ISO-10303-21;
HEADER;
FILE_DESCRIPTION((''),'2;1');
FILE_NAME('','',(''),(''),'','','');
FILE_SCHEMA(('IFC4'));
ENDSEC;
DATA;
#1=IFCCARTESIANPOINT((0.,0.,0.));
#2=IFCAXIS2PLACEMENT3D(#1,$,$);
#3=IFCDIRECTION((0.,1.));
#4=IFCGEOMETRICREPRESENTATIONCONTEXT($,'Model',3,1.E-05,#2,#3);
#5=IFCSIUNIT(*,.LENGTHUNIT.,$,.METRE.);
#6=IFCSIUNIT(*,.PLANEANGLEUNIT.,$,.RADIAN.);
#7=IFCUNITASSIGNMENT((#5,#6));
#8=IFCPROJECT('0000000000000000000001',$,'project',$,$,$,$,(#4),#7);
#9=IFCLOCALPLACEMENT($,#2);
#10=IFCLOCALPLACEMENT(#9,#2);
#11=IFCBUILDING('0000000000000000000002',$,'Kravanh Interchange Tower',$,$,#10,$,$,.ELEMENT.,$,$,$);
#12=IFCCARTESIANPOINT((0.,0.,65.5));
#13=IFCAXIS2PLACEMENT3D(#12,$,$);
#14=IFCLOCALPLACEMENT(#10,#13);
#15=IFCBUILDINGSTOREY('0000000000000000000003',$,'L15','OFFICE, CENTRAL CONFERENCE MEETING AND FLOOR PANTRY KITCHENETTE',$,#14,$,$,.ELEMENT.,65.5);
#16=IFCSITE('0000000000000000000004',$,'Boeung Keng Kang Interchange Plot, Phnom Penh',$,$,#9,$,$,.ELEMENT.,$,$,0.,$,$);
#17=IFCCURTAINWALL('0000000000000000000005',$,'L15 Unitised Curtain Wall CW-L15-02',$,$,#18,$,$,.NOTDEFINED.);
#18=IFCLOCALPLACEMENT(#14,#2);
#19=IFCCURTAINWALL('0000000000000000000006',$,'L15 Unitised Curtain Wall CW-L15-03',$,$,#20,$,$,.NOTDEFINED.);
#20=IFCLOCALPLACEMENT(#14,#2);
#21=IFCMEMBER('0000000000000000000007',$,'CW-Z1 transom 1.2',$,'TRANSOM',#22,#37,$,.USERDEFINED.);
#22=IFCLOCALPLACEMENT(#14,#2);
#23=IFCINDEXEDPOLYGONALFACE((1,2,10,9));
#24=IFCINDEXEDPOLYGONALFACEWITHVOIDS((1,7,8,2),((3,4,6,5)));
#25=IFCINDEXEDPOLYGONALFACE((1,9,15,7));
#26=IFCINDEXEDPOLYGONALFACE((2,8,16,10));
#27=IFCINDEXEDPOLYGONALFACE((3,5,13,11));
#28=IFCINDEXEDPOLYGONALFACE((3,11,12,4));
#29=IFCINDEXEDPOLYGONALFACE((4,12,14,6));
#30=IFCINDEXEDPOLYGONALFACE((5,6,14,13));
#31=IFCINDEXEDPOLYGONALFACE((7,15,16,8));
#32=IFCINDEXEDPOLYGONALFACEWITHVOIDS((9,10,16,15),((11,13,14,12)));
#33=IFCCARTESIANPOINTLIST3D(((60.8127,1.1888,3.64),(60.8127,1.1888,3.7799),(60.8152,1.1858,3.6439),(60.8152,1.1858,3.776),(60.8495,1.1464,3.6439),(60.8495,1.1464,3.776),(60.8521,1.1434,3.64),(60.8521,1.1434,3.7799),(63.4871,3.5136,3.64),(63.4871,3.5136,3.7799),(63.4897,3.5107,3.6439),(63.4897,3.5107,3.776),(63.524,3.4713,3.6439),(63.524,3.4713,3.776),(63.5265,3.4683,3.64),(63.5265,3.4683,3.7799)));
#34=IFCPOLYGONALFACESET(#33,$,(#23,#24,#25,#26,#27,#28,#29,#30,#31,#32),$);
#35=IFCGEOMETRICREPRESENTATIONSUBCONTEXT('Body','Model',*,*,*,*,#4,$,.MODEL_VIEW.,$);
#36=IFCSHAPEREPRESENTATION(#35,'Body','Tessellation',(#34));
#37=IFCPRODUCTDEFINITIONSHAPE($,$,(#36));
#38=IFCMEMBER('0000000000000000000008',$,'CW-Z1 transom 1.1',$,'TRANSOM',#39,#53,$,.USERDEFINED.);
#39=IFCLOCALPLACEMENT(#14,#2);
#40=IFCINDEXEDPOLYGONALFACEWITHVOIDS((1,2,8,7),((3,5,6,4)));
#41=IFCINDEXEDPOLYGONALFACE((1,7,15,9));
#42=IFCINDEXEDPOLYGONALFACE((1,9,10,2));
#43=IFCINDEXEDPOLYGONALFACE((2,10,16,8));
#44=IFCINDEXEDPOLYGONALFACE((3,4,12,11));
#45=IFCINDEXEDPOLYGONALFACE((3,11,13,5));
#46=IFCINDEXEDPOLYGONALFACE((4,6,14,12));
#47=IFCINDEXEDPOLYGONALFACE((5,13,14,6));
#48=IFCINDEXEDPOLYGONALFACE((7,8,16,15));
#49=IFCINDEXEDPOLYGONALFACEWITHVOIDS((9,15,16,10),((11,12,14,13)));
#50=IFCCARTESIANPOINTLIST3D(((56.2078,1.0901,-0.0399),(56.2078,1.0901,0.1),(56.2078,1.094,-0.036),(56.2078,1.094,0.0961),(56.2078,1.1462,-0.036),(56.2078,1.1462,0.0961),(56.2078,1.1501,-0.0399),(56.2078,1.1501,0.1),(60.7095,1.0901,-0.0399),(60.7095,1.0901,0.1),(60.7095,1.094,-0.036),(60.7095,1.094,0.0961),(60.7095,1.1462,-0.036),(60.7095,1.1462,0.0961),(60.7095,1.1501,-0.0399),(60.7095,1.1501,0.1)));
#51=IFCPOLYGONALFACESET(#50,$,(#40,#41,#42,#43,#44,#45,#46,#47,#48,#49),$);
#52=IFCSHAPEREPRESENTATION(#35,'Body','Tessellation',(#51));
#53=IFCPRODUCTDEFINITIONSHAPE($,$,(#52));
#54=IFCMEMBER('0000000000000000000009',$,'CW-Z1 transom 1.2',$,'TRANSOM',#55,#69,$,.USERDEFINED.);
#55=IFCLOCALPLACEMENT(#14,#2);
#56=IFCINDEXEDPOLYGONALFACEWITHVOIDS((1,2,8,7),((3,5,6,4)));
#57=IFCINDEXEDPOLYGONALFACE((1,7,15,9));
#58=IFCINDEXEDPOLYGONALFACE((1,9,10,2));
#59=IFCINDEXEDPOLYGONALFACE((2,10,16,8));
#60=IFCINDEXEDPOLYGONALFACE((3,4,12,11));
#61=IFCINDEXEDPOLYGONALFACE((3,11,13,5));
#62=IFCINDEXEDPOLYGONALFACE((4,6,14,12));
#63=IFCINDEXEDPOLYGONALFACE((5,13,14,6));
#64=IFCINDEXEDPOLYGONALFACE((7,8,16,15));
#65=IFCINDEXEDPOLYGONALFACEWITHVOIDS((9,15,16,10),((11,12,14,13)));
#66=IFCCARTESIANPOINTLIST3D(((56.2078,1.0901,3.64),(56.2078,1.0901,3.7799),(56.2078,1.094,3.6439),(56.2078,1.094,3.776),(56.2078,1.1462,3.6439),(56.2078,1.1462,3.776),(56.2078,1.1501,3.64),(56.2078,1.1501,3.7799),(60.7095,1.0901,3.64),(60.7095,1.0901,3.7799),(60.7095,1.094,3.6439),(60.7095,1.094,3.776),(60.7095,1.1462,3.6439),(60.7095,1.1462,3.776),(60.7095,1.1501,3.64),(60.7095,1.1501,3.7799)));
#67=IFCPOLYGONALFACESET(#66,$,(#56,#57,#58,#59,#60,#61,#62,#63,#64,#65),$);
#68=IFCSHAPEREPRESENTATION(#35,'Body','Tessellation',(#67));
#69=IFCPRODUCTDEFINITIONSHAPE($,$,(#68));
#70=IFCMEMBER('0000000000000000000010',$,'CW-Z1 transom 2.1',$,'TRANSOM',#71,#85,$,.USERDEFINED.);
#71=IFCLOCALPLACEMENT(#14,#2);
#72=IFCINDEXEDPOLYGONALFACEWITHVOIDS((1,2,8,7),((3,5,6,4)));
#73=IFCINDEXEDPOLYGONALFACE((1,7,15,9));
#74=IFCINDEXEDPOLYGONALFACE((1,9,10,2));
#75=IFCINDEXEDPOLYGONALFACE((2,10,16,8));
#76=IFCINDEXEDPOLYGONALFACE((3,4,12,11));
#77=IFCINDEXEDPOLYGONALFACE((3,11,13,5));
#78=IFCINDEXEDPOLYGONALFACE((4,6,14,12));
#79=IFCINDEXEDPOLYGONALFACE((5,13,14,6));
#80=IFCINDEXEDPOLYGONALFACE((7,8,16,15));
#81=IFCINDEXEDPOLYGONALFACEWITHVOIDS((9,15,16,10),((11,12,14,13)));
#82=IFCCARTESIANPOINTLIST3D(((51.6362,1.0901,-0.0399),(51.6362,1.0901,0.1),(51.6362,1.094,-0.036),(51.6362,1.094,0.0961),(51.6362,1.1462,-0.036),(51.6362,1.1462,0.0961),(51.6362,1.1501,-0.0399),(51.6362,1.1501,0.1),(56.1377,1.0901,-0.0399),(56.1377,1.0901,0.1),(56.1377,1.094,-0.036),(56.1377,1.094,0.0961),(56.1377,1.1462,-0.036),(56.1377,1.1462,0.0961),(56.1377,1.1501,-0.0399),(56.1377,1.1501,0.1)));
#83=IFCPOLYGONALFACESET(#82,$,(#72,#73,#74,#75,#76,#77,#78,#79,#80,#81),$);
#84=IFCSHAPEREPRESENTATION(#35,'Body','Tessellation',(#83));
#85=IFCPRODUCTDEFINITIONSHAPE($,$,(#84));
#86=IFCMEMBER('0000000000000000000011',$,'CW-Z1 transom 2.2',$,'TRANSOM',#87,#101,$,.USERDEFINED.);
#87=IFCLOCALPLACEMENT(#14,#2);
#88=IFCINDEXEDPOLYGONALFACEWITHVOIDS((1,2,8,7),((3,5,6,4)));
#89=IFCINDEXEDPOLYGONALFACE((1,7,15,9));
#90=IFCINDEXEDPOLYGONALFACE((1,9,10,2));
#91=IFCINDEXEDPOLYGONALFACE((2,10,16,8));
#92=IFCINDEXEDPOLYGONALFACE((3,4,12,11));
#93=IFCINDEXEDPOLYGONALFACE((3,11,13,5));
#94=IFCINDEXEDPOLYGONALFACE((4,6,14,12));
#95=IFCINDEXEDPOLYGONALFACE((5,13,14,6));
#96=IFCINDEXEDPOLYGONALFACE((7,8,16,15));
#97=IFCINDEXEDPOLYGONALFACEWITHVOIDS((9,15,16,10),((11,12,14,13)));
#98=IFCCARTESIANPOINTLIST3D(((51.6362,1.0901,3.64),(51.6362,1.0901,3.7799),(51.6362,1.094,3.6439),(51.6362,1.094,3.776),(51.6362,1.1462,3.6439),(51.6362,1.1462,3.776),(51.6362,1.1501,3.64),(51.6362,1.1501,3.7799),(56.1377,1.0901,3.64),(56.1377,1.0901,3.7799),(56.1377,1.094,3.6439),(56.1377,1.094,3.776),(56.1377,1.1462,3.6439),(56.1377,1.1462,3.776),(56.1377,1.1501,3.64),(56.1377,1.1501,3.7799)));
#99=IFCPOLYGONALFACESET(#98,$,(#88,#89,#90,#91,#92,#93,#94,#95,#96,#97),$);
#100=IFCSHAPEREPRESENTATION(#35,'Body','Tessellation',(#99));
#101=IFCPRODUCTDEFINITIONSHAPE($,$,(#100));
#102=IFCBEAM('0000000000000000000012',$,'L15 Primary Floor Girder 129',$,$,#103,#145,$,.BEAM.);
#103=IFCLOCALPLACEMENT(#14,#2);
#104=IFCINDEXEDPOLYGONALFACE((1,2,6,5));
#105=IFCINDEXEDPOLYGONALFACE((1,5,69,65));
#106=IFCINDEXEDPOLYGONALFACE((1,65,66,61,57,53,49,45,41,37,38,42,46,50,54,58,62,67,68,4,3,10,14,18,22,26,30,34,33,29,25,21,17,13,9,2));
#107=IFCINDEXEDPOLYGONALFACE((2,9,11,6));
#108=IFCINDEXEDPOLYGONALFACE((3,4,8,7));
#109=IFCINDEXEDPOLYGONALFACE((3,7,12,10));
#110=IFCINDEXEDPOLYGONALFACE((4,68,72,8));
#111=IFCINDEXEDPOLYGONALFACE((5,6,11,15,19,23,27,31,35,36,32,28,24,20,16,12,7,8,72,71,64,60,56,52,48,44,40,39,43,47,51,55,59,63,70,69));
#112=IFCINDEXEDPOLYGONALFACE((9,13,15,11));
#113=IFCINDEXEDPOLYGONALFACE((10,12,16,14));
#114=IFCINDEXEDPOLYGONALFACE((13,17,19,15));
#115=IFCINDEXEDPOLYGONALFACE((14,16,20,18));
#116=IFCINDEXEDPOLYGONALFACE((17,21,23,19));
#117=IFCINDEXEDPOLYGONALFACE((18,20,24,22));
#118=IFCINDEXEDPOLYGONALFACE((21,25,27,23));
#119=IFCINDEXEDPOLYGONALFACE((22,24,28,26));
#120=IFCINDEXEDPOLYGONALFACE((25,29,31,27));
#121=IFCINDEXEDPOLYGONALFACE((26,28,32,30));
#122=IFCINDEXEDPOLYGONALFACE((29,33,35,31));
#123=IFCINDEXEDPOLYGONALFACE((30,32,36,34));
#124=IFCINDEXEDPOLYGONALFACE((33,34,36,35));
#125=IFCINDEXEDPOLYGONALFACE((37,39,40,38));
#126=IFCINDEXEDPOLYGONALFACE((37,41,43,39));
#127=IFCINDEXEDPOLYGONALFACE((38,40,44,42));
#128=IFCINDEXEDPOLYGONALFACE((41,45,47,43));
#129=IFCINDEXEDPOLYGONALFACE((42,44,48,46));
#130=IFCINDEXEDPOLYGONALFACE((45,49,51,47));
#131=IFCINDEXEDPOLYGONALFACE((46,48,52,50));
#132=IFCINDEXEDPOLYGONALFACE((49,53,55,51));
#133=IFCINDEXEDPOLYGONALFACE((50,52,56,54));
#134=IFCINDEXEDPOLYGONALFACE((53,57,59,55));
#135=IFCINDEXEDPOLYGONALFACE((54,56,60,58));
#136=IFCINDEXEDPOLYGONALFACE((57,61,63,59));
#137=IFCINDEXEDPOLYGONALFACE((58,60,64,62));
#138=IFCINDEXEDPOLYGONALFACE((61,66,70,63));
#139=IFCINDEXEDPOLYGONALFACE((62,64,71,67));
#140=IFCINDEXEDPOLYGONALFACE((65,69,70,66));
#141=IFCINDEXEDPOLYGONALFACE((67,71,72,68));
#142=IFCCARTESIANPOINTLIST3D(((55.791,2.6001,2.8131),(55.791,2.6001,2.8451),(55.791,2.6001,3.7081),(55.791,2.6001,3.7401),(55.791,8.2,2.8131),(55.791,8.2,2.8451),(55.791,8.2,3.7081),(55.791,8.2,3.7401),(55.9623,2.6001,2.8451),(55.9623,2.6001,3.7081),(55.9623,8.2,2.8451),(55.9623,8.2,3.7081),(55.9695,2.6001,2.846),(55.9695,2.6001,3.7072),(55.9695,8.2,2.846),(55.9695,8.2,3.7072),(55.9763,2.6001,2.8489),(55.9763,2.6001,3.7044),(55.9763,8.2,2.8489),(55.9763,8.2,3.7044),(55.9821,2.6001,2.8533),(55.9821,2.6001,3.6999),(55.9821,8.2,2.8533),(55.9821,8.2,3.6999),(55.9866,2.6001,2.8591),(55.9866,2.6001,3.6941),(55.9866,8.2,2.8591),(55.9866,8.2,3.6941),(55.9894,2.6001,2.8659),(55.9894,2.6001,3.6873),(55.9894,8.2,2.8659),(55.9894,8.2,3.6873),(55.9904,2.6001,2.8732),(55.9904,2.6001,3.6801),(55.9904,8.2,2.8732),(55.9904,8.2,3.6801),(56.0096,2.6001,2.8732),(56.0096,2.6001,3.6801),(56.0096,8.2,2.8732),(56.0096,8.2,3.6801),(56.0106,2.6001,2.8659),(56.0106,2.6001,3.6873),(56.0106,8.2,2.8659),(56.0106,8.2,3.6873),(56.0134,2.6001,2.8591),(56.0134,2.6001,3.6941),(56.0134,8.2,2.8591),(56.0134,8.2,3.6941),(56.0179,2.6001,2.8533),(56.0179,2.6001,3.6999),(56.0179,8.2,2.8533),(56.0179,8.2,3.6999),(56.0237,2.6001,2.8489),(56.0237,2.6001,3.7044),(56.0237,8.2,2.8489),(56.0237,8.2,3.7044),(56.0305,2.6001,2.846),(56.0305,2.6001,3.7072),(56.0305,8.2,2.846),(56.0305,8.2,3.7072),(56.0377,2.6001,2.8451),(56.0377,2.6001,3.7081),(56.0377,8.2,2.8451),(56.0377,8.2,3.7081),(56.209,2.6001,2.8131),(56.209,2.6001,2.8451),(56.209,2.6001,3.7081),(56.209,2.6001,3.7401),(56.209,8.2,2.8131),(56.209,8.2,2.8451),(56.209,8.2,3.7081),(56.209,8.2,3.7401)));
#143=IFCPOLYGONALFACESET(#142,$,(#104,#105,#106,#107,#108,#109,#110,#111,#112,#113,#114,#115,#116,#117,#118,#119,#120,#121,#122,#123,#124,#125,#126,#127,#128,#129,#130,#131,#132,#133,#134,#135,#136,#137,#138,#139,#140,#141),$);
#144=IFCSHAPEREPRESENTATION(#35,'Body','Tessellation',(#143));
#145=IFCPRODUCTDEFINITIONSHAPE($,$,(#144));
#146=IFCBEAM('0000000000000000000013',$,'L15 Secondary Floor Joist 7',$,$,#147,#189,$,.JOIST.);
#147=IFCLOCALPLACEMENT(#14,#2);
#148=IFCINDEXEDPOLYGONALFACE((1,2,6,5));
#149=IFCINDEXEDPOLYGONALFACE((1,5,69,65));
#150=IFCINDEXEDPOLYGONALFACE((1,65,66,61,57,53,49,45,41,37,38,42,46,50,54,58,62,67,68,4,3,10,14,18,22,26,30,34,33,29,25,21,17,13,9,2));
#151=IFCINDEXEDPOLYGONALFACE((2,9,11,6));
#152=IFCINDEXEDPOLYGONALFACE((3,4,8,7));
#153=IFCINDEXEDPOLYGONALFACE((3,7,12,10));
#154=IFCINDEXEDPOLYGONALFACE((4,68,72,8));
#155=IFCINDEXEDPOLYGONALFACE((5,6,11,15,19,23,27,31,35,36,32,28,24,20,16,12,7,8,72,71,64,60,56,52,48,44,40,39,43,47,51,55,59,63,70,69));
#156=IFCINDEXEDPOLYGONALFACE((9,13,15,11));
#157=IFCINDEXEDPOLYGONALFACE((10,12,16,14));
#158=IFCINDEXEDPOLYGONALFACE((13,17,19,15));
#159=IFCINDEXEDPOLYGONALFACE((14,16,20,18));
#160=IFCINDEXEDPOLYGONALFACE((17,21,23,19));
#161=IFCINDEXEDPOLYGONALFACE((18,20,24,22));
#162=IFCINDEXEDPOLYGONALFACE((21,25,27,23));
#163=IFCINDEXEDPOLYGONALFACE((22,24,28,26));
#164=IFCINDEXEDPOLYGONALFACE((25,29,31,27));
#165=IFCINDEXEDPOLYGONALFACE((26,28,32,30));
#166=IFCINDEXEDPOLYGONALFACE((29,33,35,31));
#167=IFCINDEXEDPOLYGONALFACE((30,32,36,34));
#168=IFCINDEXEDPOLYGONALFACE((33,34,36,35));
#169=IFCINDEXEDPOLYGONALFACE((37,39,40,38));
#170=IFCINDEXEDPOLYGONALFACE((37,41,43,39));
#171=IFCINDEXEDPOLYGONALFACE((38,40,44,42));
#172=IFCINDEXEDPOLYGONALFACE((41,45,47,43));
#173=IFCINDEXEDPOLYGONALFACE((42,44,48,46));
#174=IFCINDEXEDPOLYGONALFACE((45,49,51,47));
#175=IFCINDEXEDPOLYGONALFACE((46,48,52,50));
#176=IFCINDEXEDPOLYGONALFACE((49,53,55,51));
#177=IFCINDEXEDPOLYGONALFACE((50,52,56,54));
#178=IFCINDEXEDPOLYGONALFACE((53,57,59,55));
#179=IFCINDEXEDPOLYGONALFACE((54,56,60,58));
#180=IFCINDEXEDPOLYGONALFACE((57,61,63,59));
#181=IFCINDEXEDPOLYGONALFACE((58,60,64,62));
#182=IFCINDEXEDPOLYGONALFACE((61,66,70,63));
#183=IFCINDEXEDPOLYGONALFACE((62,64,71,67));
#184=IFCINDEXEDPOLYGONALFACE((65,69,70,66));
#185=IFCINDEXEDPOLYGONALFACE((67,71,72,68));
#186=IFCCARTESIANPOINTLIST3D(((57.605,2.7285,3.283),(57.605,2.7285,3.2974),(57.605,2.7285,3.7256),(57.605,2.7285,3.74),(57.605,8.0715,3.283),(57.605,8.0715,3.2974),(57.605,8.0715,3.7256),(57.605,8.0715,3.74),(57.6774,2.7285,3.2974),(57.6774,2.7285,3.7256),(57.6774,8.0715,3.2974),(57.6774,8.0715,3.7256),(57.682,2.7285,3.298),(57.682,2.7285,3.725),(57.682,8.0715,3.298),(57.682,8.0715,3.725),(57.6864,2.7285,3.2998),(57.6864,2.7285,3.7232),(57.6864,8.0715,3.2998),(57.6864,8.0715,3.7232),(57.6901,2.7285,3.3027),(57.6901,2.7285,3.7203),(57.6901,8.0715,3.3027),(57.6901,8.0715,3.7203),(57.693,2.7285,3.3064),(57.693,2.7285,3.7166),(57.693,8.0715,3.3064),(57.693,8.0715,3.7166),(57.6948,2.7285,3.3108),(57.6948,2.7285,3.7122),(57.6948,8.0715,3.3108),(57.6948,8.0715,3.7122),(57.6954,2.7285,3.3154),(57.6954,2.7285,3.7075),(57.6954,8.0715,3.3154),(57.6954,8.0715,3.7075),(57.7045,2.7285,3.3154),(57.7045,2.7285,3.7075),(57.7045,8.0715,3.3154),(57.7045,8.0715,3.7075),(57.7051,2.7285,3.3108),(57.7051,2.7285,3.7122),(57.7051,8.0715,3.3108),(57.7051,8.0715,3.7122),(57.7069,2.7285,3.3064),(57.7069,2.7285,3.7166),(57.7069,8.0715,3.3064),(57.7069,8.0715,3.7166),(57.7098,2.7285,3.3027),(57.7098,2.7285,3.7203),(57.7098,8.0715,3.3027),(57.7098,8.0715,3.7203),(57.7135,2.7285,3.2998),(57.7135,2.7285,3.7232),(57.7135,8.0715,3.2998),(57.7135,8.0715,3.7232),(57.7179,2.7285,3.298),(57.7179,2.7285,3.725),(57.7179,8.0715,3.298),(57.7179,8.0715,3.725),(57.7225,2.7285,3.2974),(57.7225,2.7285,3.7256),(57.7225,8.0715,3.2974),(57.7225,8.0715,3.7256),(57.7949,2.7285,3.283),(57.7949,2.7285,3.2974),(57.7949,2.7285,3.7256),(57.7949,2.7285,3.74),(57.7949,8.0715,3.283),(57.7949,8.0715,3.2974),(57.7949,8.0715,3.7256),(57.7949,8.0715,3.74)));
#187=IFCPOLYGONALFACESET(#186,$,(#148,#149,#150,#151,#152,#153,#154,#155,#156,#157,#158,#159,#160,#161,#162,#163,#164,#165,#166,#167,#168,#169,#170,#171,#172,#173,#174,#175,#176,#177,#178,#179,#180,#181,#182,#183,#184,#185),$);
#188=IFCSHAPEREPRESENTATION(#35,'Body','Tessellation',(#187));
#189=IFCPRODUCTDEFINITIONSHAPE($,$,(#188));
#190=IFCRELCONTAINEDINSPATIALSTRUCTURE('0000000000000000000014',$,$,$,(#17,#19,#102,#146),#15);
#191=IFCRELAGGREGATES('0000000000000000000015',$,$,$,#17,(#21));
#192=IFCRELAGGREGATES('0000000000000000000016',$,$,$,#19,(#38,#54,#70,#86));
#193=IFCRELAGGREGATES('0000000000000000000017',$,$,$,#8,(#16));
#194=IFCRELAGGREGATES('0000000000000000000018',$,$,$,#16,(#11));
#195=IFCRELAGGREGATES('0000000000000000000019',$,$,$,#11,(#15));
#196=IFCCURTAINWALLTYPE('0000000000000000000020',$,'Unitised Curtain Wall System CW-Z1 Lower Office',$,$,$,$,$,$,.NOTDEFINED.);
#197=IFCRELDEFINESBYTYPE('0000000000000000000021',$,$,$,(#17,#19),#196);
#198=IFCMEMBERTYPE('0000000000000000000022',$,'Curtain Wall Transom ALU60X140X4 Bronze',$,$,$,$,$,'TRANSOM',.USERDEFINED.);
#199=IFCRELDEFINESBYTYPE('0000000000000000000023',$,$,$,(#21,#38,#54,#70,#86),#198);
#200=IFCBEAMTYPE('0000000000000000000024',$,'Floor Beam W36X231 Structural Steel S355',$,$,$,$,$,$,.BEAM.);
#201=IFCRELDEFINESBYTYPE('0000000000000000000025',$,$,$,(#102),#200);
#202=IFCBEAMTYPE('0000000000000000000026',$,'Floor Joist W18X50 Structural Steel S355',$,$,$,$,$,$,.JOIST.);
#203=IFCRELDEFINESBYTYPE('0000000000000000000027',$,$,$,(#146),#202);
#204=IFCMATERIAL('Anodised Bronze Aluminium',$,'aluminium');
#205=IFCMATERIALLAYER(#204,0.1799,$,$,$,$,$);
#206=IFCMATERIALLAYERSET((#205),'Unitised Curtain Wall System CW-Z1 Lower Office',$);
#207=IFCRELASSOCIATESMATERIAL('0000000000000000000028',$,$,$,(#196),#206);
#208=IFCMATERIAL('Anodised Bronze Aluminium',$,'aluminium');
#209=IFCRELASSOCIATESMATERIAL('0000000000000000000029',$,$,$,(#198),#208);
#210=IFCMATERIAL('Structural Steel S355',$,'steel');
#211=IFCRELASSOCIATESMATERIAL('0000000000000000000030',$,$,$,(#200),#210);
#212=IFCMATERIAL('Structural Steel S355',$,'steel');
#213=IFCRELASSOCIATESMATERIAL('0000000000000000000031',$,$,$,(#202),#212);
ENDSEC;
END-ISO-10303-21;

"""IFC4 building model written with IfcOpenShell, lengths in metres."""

from ifc_helpers import new_model, si_unit, direction, frame, origin, origin_2d, place, context, subcontext, project, spatial, hollow_rectangle, i_section, extrude, material, layer, layer_set, material_profile, profile_set, type_object, element, aggregate, save


model = new_model("IFC4")

# Units and contexts
model_context = context("Model", 3, precision=1e-05, world=origin(), true_north=direction((0.0, 1.0)))
body_context = subcontext(model_context, "Body", "Model", "MODEL_VIEW")
ifc_project = project(units=[si_unit("LENGTHUNIT", "METRE"), si_unit("PLANEANGLEUNIT", "RADIAN")], contexts=[model_context])

# Site, building, storey
site_placement = place(None, origin())
site = spatial("IfcSite", under=ifc_project, at=site_placement, Name="Boeung Keng Kang Interchange Plot, Phnom Penh", CompositionType="ELEMENT", RefElevation=0.0)
building_placement = place(site_placement, origin())
building = spatial("IfcBuilding", under=site, at=building_placement, Name="Kravanh Interchange Tower", CompositionType="ELEMENT")
storey_placement = place(building_placement, frame((0.0, 0.0, 65.5)))
storey = spatial("IfcBuildingStorey", under=building, at=storey_placement, Name="L15", Description="OFFICE, CENTRAL CONFERENCE MEETING AND FLOOR PANTRY KITCHENETTE", CompositionType="ELEMENT", Elevation=65.5)

# Curtain walls
ifc_material_1 = material(Name="Anodised Bronze Aluminium", Category="aluminium")
ifc_layer_1 = layer(ifc_material_1, 0.1799)
ifc_layer_set_1 = layer_set([ifc_layer_1], Name="Unitised Curtain Wall System CW-Z1 Lower Office")
curtain_wall_type = type_object("IfcCurtainWallType", Name="Unitised Curtain Wall System CW-Z1 Lower Office", PredefinedType="NOTDEFINED", material=ifc_layer_set_1)
curtain_wall_1_placement = place(storey_placement, origin())
curtain_wall_1 = element("IfcCurtainWall", 1, at=curtain_wall_1_placement, inside=storey, type_object=curtain_wall_type, Name="L15 Unitised Curtain Wall CW-L15-02", PredefinedType="NOTDEFINED")
curtain_wall_2_placement = place(storey_placement, origin())
curtain_wall_2 = element("IfcCurtainWall", 2, at=curtain_wall_2_placement, inside=storey, type_object=curtain_wall_type, Name="L15 Unitised Curtain Wall CW-L15-03", PredefinedType="NOTDEFINED")

# Members
ifc_material_2 = material(Name="Anodised Bronze Aluminium", Category="aluminium")
ifc_material_profile_1 = material_profile(ifc_material_2, hollow_rectangle(XDim=0.0601, YDim=0.1399, WallThickness=0.0039, at=origin_2d()), Name="ALU60X140X4")
ifc_profile_set_1 = profile_set([ifc_material_profile_1], Name="Anodised Bronze Aluminium")
member_type_1 = type_object("IfcMemberType", Name="Curtain Wall Transom ALU60X140X4 Bronze", ElementType="TRANSOM", PredefinedType="USERDEFINED", material=ifc_profile_set_1)
member_1_placement = place(storey_placement, frame((63.5068, 3.491, 3.71), z_axis=(-0.754711, -0.656058, 0.0), x_axis=(0.656058, -0.754711, 0.0)))
member_1 = element("IfcMember", 3, at=member_1_placement, type_object=member_type_1, Name="CW-Z1 transom 1.2", ObjectType="TRANSOM", PredefinedType="USERDEFINED", context=body_context, shape_type="SweptSolid", body=[
    extrude(hollow_rectangle(XDim=0.0601, YDim=0.1399, WallThickness=0.0039, at=origin_2d()), origin(), (0.0, 0.0, 1.0), 3.5437),
])
member_2_placement = place(storey_placement, frame((60.7095, 1.1201, 0.03), z_axis=(-1.0, 0.0, 0.0), x_axis=(0.0, -1.0, 0.0)))
member_2 = element("IfcMember", 4, at=member_2_placement, type_object=member_type_1, Name="CW-Z1 transom 1.1", ObjectType="TRANSOM", PredefinedType="USERDEFINED", context=body_context, shape_type="SweptSolid", body=[
    extrude(hollow_rectangle(XDim=0.0601, YDim=0.1399, WallThickness=0.0039, at=origin_2d()), origin(), (0.0, 0.0, 1.0), 4.5017),
])
member_3_placement = place(storey_placement, frame((60.7095, 1.1201, 3.71), z_axis=(-1.0, 0.0, 0.0), x_axis=(0.0, -1.0, 0.0)))
member_3 = element("IfcMember", 5, at=member_3_placement, type_object=member_type_1, Name="CW-Z1 transom 1.2", ObjectType="TRANSOM", PredefinedType="USERDEFINED", context=body_context, shape_type="SweptSolid", body=[
    extrude(hollow_rectangle(XDim=0.0601, YDim=0.1399, WallThickness=0.0039, at=origin_2d()), origin(), (0.0, 0.0, 1.0), 4.5017),
])
member_4_placement = place(storey_placement, frame((56.1377, 1.1201, 0.03), z_axis=(-1.0, 0.0, 0.0), x_axis=(0.0, -1.0, 0.0)))
member_4 = element("IfcMember", 6, at=member_4_placement, type_object=member_type_1, Name="CW-Z1 transom 2.1", ObjectType="TRANSOM", PredefinedType="USERDEFINED", context=body_context, shape_type="SweptSolid", body=[
    extrude(hollow_rectangle(XDim=0.0601, YDim=0.1399, WallThickness=0.0039, at=origin_2d()), origin(), (0.0, 0.0, 1.0), 4.5015),
])
member_5_placement = place(storey_placement, frame((56.1377, 1.1201, 3.71), z_axis=(-1.0, 0.0, 0.0), x_axis=(0.0, -1.0, 0.0)))
member_5 = element("IfcMember", 7, at=member_5_placement, type_object=member_type_1, Name="CW-Z1 transom 2.2", ObjectType="TRANSOM", PredefinedType="USERDEFINED", context=body_context, shape_type="SweptSolid", body=[
    extrude(hollow_rectangle(XDim=0.0601, YDim=0.1399, WallThickness=0.0039, at=origin_2d()), origin(), (0.0, 0.0, 1.0), 4.5015),
])

# Beams
ifc_material_3 = material(Name="Structural Steel S355", Category="steel")
ifc_material_profile_2 = material_profile(ifc_material_3, i_section(OverallWidth=0.418, OverallDepth=0.927, WebThickness=0.0193, FlangeThickness=0.032, FilletRadius=0.0281, at=origin_2d()), Name="W36X231")
ifc_profile_set_2 = profile_set([ifc_material_profile_2], Name="Structural Steel S355")
beam_type_1 = type_object("IfcBeamType", Name="Floor Beam W36X231 Structural Steel S355", PredefinedType="BEAM", material=ifc_profile_set_2)
beam_1_placement = place(storey_placement, frame((56.0, 2.6001, 3.2766), z_axis=(0.0, 1.0, 0.0), x_axis=(-1.0, 0.0, 0.0)))
element("IfcBeam", 8, at=beam_1_placement, inside=storey, type_object=beam_type_1, Name="L15 Primary Floor Girder 129", PredefinedType="BEAM", context=body_context, shape_type="SweptSolid", body=[
    extrude(i_section(OverallWidth=0.418, OverallDepth=0.927, WebThickness=0.0193, FlangeThickness=0.032, FilletRadius=0.0281, at=origin_2d()), origin(), (0.0, 0.0, 1.0), 5.5999),
])
ifc_material_4 = material(Name="Structural Steel S355", Category="steel")
ifc_material_profile_3 = material_profile(ifc_material_4, i_section(OverallWidth=0.1899, OverallDepth=0.457, WebThickness=0.009, FlangeThickness=0.0144, FilletRadius=0.0181, at=origin_2d()), Name="W18X50")
ifc_profile_set_3 = profile_set([ifc_material_profile_3], Name="Structural Steel S355")
beam_type_2 = type_object("IfcBeamType", Name="Floor Joist W18X50 Structural Steel S355", PredefinedType="JOIST", material=ifc_profile_set_3)
for number, where, z_axis, x_axis, name in (
    (9, (57.7, 2.7285, 3.5115), (0.0, 1.0, 0.0), (-1.0, 0.0, 0.0), "L15 Secondary Floor Joist 7"),
):
    element("IfcBeam", number, at=place(storey_placement, frame(where, z_axis=z_axis, x_axis=x_axis)), inside=storey, type_object=beam_type_2, Name=name, PredefinedType="JOIST", context=body_context, shape_type="SweptSolid", body=[
        extrude(i_section(OverallWidth=0.1899, OverallDepth=0.457, WebThickness=0.009, FlangeThickness=0.0144, FilletRadius=0.0181, at=origin_2d()), origin(), (0.0, 0.0, 1.0), 5.343),
    ])

aggregate(curtain_wall_1, [member_1])
aggregate(curtain_wall_2, [member_2, member_3, member_4, member_5])

save(model, "model.ifc")
